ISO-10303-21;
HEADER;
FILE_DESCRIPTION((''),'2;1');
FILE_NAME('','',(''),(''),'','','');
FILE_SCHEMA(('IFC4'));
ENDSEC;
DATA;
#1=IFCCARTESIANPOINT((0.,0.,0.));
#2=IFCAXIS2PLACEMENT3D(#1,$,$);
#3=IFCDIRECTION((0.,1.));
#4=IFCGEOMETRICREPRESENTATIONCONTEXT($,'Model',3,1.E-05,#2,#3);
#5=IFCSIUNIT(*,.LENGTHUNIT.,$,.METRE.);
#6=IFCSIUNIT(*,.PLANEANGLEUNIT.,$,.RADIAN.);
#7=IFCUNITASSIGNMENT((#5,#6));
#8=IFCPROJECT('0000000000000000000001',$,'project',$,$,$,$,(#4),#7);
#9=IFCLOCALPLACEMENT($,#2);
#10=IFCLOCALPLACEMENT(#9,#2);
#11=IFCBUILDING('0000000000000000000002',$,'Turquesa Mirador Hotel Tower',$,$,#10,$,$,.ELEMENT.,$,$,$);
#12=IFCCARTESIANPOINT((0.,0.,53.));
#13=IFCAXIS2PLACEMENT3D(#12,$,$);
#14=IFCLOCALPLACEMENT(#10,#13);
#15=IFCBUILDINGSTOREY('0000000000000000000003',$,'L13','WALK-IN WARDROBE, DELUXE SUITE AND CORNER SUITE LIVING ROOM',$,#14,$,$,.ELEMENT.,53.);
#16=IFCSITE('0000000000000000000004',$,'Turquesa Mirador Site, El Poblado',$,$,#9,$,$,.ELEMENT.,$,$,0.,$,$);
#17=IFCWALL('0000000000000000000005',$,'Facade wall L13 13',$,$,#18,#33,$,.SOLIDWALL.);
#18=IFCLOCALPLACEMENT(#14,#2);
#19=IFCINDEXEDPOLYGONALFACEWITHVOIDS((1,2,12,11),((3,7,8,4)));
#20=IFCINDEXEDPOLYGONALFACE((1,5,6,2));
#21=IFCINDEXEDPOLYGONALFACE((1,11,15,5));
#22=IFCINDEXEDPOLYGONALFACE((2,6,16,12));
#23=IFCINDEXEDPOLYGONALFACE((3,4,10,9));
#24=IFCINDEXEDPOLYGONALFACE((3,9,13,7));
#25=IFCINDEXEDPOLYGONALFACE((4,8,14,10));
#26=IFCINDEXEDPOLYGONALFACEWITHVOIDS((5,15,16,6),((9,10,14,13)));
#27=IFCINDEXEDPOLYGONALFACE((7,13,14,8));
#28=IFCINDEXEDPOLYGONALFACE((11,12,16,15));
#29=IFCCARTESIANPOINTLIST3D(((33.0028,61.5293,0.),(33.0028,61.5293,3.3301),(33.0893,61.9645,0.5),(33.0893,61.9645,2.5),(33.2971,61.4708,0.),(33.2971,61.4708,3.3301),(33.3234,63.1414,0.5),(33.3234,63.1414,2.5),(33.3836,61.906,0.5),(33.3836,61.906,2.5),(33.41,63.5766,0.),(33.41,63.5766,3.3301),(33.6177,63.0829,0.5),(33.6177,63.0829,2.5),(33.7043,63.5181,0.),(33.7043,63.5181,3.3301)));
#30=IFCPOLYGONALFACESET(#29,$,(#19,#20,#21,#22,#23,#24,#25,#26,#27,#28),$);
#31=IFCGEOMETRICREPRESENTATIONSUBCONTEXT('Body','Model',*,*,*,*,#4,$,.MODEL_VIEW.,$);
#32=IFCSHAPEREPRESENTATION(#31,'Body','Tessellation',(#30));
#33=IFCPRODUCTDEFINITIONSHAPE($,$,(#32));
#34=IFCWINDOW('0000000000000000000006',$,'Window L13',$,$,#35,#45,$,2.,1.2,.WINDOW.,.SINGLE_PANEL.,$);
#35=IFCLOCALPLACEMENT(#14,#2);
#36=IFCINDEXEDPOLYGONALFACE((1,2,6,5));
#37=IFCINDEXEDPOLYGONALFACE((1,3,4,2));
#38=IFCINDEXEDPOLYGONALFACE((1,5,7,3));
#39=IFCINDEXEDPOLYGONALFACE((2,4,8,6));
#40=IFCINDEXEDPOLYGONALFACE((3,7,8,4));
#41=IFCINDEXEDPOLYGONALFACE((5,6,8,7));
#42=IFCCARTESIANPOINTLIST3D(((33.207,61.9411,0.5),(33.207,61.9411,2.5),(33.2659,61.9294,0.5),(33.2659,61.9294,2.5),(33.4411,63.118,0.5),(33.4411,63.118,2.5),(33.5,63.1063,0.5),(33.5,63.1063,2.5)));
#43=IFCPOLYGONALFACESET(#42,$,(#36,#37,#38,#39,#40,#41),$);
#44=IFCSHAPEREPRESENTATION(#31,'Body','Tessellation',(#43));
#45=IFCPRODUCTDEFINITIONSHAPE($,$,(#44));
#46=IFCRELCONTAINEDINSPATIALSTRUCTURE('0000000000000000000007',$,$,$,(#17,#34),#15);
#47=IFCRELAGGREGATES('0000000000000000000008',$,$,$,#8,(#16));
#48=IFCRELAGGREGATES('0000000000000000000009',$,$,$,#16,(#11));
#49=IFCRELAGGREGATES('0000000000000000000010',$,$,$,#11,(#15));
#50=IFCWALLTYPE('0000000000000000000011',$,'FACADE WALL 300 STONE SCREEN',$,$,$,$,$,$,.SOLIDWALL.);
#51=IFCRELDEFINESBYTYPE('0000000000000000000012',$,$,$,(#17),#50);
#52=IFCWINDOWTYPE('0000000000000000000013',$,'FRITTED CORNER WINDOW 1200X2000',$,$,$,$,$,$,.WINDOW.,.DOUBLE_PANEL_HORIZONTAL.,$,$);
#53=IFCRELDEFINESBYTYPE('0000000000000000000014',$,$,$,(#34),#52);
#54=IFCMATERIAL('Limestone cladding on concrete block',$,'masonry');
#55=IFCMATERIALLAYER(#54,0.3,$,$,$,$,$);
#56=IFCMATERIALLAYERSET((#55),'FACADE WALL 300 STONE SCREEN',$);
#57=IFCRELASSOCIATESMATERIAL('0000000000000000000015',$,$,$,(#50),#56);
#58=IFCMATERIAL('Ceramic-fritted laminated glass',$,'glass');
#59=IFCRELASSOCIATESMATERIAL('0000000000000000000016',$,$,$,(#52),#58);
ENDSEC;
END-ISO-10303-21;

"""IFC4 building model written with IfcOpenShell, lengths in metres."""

from ifc_helpers import new_model, si_unit, direction, frame, frame_2d, origin, place, context, subcontext, project, spatial, rectangle, extrude, material, layer, layer_set, type_object, element, fill, save


model = new_model("IFC4")

# Units and contexts
model_context = context("Model", 3, precision=1e-05, world=origin(), true_north=direction((0.0, 1.0)))
body_context = subcontext(model_context, "Body", "Model", "MODEL_VIEW")
ifc_project = project(units=[si_unit("LENGTHUNIT", "METRE"), si_unit("PLANEANGLEUNIT", "RADIAN")], contexts=[model_context])

# Site, building, storey
site_placement = place(None, origin())
site = spatial("IfcSite", under=ifc_project, at=site_placement, Name="Turquesa Mirador Site, El Poblado", CompositionType="ELEMENT", RefElevation=0.0)
building_placement = place(site_placement, origin())
building = spatial("IfcBuilding", under=site, at=building_placement, Name="Turquesa Mirador Hotel Tower", CompositionType="ELEMENT")
storey_placement = place(building_placement, frame((0.0, 0.0, 53.0)))
storey = spatial("IfcBuildingStorey", under=building, at=storey_placement, Name="L13", Description="WALK-IN WARDROBE, DELUXE SUITE AND CORNER SUITE LIVING ROOM", CompositionType="ELEMENT", Elevation=53.0)

# Wall, opening, window
ifc_material_1 = material(Name="Limestone cladding on concrete block", Category="masonry")
ifc_layer_1 = layer(ifc_material_1, 0.3)
ifc_layer_set_1 = layer_set([ifc_layer_1], Name="FACADE WALL 300 STONE SCREEN")
wall_type_1 = type_object("IfcWallType", Name="FACADE WALL 300 STONE SCREEN", PredefinedType="SOLIDWALL", material=ifc_layer_set_1)
ifc_material_2 = material(Name="Ceramic-fritted laminated glass", Category="glass")
window_type_1 = type_object("IfcWindowType", Name="FRITTED CORNER WINDOW 1200X2000", PartitioningType="DOUBLE_PANEL_HORIZONTAL", PredefinedType="WINDOW", material=ifc_material_2)
wall_1_placement = place(storey_placement, frame((33.5571, 63.5474, 0.0), z_axis=(0.0, 0.0, 1.0), x_axis=(-0.195081, -0.980787, 0.0)))
wall_1 = element("IfcWall", 1, at=wall_1_placement, inside=storey, type_object=wall_type_1, Name="Facade wall L13 13", PredefinedType="SOLIDWALL", context=body_context, shape_type="SweptSolid", body=[
    extrude(rectangle(XDim=2.0874, YDim=0.3, at=frame_2d((1.0437, 0.0))), origin(), (0.0, 0.0, 1.0), 3.3301),
])
opening_1_placement = place(wall_1_placement, frame((0.4436, 0.0, 0.5)))
opening_1 = element("IfcOpeningElement", 2, at=opening_1_placement, cuts=wall_1, PredefinedType="OPENING", context=body_context, shape_type="SweptSolid", body=[
    extrude(rectangle(XDim=1.2, YDim=2.0, at=frame_2d((0.6001, 1.0))), frame((0.0, 0.1599, 0.0), z_axis=(0.0, -1.0, 0.0), x_axis=(1.0, 0.0, 0.0)), (0.0, 0.0, 1.0), 0.3201),
])
window_1_placement = place(opening_1_placement, origin())
window_1 = element("IfcWindow", 3, at=window_1_placement, inside=storey, type_object=window_type_1, Name="Window L13", OverallHeight=2.0, OverallWidth=1.2, PartitioningType="SINGLE_PANEL", PredefinedType="WINDOW", context=body_context, shape_type="SweptSolid", body=[
    extrude(rectangle(XDim=1.2, YDim=2.0, at=frame_2d((0.6001, 1.0))), frame((0.0, 0.03, 0.0), z_axis=(0.0, -1.0, 0.0), x_axis=(1.0, 0.0, 0.0)), (0.0, 0.0, 1.0), 0.0601),
])
fill(opening_1, window_1)

save(model, "model.ifc")
